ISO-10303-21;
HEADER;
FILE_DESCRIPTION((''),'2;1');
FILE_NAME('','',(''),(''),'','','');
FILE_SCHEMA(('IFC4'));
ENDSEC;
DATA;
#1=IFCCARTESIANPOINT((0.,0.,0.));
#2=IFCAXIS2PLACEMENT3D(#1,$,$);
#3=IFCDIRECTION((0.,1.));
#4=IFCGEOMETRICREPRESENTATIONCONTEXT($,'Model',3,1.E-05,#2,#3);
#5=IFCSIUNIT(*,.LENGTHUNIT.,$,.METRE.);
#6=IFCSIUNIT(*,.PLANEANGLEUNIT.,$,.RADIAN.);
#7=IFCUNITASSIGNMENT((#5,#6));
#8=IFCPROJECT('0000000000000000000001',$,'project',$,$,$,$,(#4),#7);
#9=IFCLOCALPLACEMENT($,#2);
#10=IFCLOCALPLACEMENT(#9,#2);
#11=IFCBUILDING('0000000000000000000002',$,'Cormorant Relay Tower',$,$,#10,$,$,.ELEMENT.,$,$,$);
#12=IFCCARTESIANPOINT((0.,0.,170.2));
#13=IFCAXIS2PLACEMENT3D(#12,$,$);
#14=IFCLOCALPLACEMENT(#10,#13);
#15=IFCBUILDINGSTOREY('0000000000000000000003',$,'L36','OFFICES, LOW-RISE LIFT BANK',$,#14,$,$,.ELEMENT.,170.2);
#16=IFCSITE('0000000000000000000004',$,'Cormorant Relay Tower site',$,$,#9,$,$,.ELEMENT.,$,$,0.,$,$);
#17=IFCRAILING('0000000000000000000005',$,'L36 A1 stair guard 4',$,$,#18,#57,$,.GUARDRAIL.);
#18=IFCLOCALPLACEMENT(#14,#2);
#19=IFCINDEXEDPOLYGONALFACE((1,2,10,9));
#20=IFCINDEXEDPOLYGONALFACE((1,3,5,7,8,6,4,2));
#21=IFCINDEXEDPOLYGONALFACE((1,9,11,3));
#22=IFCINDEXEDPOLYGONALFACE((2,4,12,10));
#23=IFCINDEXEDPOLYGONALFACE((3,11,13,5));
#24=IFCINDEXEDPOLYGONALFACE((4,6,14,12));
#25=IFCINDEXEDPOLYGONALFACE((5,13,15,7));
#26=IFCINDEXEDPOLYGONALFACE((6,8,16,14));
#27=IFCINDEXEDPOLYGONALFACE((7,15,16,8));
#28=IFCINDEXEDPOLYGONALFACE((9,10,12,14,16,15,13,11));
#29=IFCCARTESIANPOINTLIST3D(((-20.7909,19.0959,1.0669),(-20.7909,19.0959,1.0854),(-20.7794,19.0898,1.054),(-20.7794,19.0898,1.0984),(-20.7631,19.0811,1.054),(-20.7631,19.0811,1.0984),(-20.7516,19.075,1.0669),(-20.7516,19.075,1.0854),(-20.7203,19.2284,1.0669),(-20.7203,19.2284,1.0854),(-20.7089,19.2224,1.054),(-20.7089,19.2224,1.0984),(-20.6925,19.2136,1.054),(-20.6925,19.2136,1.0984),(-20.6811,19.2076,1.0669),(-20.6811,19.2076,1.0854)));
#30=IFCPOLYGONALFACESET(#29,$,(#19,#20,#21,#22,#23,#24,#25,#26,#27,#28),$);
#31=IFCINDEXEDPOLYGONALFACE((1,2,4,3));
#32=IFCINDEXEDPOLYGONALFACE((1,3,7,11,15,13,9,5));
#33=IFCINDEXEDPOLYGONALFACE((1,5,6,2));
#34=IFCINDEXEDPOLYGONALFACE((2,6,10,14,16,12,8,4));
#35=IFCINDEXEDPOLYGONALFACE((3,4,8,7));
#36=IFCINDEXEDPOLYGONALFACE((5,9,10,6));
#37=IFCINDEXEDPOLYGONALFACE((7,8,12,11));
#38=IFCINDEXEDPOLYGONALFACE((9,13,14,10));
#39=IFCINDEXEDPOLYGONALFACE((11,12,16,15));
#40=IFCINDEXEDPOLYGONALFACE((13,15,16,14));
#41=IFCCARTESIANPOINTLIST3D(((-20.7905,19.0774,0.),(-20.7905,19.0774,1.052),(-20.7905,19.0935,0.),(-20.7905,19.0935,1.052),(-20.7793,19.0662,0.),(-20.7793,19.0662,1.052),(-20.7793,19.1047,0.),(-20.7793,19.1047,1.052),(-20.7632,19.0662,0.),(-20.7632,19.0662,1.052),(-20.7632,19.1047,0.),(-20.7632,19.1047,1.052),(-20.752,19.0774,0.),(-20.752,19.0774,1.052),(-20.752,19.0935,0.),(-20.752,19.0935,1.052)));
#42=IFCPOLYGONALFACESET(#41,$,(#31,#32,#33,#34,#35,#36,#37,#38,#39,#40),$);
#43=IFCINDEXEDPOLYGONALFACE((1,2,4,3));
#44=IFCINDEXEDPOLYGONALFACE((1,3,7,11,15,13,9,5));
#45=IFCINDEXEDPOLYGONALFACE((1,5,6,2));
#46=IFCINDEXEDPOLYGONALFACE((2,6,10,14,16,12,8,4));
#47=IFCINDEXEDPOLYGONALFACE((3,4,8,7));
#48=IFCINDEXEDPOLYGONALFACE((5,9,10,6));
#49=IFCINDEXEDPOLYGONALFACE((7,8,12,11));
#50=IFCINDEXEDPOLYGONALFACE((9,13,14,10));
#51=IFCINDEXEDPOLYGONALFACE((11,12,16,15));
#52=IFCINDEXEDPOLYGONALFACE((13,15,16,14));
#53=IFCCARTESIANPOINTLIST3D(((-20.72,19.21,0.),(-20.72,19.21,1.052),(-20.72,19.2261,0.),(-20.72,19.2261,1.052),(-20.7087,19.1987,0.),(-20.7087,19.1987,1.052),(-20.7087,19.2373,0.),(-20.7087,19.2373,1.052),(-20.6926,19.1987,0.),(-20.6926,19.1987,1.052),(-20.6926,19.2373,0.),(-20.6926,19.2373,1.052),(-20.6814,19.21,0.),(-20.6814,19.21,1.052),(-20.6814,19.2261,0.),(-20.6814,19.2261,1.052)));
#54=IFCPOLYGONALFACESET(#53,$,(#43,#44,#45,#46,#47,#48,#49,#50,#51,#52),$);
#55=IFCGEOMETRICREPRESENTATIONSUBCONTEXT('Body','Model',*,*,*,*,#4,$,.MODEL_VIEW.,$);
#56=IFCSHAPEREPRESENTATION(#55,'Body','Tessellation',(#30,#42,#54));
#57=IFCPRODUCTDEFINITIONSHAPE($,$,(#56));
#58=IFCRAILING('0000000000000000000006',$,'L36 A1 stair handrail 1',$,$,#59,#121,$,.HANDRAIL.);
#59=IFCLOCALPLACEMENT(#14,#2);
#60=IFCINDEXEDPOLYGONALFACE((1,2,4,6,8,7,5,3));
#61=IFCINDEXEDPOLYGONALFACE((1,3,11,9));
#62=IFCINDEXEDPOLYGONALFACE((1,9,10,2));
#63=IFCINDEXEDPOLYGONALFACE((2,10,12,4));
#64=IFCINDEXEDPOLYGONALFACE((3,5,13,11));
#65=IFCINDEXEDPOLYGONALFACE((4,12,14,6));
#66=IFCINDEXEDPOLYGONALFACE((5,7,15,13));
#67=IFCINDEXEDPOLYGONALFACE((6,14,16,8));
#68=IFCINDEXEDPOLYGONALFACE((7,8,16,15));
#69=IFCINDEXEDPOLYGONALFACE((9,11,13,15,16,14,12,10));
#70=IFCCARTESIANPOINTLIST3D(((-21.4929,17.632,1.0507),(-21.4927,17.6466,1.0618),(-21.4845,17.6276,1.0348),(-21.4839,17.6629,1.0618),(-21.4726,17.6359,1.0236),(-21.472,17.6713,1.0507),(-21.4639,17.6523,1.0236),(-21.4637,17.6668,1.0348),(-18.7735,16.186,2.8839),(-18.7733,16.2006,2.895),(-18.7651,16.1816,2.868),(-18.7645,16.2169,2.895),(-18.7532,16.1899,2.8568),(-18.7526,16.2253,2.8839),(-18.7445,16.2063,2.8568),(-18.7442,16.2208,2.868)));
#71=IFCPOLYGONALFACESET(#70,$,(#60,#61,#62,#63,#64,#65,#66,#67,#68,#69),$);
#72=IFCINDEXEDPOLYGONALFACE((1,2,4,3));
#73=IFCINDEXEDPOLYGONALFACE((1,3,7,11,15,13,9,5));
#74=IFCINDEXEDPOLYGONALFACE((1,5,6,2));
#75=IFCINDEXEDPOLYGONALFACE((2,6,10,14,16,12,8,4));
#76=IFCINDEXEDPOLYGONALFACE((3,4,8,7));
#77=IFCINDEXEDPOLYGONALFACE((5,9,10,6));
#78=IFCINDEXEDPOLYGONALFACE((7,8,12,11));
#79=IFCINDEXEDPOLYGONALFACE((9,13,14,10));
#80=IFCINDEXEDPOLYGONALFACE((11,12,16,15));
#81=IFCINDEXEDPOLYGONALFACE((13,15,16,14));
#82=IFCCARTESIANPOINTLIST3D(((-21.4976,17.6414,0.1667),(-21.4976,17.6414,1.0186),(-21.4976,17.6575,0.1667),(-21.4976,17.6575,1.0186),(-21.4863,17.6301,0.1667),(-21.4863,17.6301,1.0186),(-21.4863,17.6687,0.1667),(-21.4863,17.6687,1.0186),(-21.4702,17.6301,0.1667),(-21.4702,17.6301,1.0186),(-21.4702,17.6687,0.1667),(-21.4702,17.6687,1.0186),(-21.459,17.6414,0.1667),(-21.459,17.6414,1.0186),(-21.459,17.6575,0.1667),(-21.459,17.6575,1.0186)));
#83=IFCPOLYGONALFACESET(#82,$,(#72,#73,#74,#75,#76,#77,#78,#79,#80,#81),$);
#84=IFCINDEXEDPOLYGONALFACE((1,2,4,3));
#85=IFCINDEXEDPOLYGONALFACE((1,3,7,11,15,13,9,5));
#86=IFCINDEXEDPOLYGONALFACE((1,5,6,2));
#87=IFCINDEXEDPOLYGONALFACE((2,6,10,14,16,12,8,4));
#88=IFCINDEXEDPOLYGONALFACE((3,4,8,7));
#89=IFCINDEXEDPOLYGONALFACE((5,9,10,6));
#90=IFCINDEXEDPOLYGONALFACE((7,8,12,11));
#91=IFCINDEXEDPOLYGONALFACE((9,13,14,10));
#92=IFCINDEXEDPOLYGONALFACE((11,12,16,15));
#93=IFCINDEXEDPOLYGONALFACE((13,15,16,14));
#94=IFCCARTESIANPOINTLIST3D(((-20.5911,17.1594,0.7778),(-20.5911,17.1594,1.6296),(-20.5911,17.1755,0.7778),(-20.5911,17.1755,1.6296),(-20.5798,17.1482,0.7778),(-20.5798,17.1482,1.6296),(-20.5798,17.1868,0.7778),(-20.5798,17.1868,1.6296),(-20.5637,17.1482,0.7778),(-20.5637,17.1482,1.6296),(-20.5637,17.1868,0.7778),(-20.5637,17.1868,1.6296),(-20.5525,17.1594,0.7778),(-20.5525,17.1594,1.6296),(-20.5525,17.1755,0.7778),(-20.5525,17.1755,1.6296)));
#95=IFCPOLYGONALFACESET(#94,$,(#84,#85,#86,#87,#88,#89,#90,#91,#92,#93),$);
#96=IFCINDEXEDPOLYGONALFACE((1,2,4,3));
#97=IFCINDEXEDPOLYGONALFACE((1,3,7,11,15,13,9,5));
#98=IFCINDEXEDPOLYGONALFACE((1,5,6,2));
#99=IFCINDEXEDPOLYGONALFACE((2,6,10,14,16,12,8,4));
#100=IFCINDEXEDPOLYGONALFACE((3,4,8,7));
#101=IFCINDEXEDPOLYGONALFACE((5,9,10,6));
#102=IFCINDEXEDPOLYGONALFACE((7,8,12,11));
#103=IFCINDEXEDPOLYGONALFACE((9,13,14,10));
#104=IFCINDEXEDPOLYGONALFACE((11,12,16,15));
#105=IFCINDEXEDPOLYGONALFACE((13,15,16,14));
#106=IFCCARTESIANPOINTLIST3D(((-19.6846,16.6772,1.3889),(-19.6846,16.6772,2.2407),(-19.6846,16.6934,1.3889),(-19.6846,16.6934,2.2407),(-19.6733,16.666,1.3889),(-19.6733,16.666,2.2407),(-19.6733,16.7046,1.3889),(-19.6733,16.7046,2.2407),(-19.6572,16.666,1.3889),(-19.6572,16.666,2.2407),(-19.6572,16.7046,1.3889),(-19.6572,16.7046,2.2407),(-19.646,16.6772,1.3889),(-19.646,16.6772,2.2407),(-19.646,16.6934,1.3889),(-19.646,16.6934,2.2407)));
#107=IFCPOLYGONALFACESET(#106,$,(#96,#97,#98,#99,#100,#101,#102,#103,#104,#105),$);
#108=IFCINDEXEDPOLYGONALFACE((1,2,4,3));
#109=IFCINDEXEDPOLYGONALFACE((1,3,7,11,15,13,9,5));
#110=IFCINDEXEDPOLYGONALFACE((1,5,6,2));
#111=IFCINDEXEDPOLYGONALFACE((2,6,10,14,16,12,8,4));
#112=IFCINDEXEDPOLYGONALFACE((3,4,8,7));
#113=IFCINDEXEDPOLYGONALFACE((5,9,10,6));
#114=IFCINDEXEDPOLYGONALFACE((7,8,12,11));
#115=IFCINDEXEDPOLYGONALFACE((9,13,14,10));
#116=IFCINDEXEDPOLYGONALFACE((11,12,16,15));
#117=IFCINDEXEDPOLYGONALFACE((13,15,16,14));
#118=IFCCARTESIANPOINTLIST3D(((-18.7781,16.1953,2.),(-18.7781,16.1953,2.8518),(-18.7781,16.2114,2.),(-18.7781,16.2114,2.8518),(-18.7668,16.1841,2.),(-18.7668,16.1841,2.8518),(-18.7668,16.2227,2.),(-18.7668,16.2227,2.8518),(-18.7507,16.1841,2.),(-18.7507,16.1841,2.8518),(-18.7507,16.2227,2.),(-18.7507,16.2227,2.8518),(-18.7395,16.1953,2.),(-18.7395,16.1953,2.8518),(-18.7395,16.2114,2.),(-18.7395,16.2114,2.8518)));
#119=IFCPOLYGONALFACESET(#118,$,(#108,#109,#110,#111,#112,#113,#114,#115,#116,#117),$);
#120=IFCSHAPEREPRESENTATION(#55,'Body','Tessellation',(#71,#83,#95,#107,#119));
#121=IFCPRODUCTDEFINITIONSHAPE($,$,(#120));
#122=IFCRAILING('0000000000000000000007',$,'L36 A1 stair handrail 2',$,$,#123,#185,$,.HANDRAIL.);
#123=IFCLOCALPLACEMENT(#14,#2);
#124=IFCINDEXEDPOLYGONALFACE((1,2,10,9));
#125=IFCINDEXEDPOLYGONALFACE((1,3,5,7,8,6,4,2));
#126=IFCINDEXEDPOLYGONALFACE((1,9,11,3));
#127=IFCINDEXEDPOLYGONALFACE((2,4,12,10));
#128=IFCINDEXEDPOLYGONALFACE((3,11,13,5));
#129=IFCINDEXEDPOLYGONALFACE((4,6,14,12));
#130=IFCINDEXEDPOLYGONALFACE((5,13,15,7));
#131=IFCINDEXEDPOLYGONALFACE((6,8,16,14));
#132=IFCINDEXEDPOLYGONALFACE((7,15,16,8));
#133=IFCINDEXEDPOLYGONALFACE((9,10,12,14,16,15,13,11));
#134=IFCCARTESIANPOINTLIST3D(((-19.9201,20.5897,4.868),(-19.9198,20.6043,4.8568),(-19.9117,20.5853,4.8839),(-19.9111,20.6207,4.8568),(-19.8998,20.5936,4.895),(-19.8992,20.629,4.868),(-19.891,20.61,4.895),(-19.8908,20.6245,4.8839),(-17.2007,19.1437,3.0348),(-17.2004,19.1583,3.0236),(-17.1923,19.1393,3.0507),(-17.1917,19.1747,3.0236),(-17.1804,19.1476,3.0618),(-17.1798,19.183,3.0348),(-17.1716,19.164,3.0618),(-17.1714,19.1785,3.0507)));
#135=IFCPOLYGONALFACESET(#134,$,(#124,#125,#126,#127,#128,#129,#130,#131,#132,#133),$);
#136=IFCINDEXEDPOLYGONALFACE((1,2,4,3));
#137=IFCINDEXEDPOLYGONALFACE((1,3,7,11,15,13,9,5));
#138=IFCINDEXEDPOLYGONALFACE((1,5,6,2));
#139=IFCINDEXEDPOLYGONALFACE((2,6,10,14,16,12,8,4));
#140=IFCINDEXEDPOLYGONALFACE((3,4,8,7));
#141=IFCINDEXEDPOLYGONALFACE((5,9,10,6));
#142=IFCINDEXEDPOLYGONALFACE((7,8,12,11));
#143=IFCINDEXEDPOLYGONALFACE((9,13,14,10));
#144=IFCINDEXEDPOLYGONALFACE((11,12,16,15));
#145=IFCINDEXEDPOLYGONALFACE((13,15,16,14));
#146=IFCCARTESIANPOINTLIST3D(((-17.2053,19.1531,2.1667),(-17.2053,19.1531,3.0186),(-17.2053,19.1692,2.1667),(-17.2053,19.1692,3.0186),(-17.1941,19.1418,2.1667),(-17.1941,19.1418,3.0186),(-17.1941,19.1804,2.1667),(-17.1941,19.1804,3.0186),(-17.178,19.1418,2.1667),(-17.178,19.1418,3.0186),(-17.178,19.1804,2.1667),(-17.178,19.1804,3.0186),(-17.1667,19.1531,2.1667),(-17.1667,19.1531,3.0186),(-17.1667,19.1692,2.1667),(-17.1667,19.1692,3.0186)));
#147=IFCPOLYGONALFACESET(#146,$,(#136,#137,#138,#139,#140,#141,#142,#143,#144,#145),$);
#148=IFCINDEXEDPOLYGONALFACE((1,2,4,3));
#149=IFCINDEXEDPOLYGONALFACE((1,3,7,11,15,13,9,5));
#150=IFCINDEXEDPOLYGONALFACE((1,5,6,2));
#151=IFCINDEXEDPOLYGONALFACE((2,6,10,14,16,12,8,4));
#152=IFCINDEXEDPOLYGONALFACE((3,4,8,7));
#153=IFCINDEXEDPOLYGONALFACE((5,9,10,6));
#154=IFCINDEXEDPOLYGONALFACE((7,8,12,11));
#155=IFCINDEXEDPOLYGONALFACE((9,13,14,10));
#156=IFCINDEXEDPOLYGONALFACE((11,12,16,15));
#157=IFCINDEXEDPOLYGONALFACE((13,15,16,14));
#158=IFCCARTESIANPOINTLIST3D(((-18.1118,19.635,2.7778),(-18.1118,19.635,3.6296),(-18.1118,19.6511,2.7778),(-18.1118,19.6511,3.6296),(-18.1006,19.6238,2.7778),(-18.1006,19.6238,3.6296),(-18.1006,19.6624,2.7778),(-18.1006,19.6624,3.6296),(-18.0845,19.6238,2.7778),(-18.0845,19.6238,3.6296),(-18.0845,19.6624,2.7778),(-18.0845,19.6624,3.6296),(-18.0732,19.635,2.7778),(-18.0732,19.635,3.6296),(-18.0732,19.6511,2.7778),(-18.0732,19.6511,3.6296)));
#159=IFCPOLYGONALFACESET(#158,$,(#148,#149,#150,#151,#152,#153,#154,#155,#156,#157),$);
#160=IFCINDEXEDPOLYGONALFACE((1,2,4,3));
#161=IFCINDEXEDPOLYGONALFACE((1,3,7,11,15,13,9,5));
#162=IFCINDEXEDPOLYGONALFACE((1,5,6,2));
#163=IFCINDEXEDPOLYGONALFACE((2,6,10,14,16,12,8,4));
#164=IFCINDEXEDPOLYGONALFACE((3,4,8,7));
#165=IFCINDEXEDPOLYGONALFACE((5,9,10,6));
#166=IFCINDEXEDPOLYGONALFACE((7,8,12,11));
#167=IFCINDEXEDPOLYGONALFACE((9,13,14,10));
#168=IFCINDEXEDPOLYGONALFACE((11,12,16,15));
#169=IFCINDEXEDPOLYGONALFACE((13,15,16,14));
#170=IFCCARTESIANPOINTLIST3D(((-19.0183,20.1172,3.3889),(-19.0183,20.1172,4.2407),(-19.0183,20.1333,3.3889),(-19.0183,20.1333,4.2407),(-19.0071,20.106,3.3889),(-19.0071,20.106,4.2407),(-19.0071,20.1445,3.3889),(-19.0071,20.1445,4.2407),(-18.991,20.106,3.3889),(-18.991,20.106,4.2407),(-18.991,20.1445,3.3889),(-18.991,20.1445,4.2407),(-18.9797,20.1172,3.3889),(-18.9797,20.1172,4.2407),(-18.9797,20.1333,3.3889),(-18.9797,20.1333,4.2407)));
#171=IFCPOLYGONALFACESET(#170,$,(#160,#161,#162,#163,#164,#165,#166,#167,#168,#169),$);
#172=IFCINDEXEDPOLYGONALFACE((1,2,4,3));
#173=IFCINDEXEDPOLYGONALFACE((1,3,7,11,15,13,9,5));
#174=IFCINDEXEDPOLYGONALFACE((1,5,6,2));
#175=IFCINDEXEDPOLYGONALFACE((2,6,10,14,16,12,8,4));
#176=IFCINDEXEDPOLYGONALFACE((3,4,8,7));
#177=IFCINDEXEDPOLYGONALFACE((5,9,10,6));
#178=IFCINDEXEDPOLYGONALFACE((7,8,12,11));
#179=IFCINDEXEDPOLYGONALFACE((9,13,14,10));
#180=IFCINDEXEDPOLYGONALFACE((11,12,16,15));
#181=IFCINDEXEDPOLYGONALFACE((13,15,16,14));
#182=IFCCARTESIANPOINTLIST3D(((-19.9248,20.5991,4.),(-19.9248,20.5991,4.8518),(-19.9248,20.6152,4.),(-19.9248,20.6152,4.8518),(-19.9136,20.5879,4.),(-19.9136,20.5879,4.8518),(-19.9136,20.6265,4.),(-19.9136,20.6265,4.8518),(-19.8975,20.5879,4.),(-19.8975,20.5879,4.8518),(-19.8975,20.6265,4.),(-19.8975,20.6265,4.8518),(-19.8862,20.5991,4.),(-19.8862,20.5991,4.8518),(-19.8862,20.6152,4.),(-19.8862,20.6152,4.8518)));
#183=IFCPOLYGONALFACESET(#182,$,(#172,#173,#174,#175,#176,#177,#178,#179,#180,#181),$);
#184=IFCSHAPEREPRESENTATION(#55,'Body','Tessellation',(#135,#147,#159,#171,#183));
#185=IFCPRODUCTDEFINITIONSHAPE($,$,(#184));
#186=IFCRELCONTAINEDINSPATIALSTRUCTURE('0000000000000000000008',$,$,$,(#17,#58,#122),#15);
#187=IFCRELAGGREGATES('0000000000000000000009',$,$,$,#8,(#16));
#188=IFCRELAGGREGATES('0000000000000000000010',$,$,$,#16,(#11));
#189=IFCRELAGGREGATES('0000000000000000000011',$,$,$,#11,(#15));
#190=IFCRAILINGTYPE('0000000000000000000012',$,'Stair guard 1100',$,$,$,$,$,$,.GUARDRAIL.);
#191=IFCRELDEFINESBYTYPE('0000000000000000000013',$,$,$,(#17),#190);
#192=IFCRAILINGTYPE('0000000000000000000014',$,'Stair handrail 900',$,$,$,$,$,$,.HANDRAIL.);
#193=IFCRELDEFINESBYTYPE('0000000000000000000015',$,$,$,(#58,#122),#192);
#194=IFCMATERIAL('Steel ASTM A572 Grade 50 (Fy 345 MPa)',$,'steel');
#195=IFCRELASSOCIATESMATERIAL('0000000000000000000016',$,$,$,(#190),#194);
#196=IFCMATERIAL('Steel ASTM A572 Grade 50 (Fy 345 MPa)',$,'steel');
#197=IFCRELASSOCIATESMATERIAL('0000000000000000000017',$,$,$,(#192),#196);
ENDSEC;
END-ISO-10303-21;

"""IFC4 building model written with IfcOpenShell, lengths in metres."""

from ifc_helpers import new_model, si_unit, direction, frame, origin, place, context, subcontext, project, spatial, polyline, outline, extrude, material, type_object, element, save


model = new_model("IFC4")

# Units and contexts
model_context = context("Model", 3, precision=1e-05, world=origin(), true_north=direction((0.0, 1.0)))
body_context = subcontext(model_context, "Body", "Model", "MODEL_VIEW")
ifc_project = project(units=[si_unit("LENGTHUNIT", "METRE"), si_unit("PLANEANGLEUNIT", "RADIAN")], contexts=[model_context])

# Site, building, storey
site_placement = place(None, origin())
site = spatial("IfcSite", under=ifc_project, at=site_placement, Name="Cormorant Relay Tower site", CompositionType="ELEMENT", RefElevation=0.0)
building_placement = place(site_placement, origin())
building = spatial("IfcBuilding", under=site, at=building_placement, Name="Cormorant Relay Tower", CompositionType="ELEMENT")
storey_placement = place(building_placement, frame((0.0, 0.0, 170.2)))
storey = spatial("IfcBuildingStorey", under=building, at=storey_placement, Name="L36", Description="OFFICES, LOW-RISE LIFT BANK", CompositionType="ELEMENT", Elevation=170.2)

# Railings
ifc_material_1 = material(Name="Steel ASTM A572 Grade 50 (Fy 345 MPa)", Category="steel")
railing_type_1 = type_object("IfcRailingType", Name="Stair guard 1100", PredefinedType="GUARDRAIL", material=ifc_material_1)
railing_1_placement = place(storey_placement, frame((-20.7712, 19.0854, 0.0)))
element("IfcRailing", 1, at=railing_1_placement, inside=storey, type_object=railing_type_1, Name="L36 A1 stair guard 4", PredefinedType="GUARDRAIL", context=body_context, shape_type="SweptSolid", body=[
    extrude(outline(polyline([(0.0222, 0.0093), (0.0093, 0.0222), (-0.0093, 0.0222), (-0.0222, 0.0093), (-0.0222, -0.0093), (-0.0093, -0.0222), (0.0093, -0.0222), (0.0222, -0.0093), (0.0222, 0.0093)])), frame((0.0, 0.0, 1.0762), z_axis=(0.469829, 0.882758, 0.0), x_axis=(-0.882758, 0.469829, 0.0)), (0.0, 0.0, 1.0), 0.1501),
    extrude(outline(polyline([(0.0193, 0.0081), (0.0081, 0.0193), (-0.0081, 0.0193), (-0.0193, 0.0081), (-0.0193, -0.0081), (-0.0081, -0.0193), (0.0081, -0.0193), (0.0193, -0.0081), (0.0193, 0.0081)])), origin(), (0.0, 0.0, 1.0), 1.052),
    extrude(outline(polyline([(0.0193, 0.0081), (0.0081, 0.0193), (-0.0081, 0.0193), (-0.0193, 0.0081), (-0.0193, -0.0081), (-0.0081, -0.0193), (0.0081, -0.0193), (0.0193, -0.0081), (0.0193, 0.0081)])), frame((0.0706, 0.1326, 0.0)), (0.0, 0.0, 1.0), 1.052),
])
ifc_material_2 = material(Name="Steel ASTM A572 Grade 50 (Fy 345 MPa)", Category="steel")
railing_type_2 = type_object("IfcRailingType", Name="Stair handrail 900", PredefinedType="HANDRAIL", material=ifc_material_2)
railing_2_placement = place(storey_placement, frame((-21.4783, 17.6494, 0.1667)))
element("IfcRailing", 2, at=railing_2_placement, inside=storey, type_object=railing_type_2, Name="L36 A1 stair handrail 1", PredefinedType="HANDRAIL", context=body_context, shape_type="SweptSolid", body=[
    extrude(outline(polyline([(0.0222, 0.0093), (0.0093, 0.0222), (-0.0093, 0.0222), (-0.0222, 0.0093), (-0.0222, -0.0093), (-0.0093, -0.0222), (0.0093, -0.0222), (0.0222, -0.0093), (0.0222, 0.0093)])), frame((0.0, 0.0, 0.876), z_axis=(0.758714, -0.403435, 0.511463), x_axis=(0.469489, 0.882938, 0.0)), (0.0, 0.0, 1.0), 3.5842),
    extrude(outline(polyline([(0.0193, 0.0081), (0.0081, 0.0193), (-0.0081, 0.0193), (-0.0193, 0.0081), (-0.0193, -0.0081), (-0.0081, -0.0193), (0.0081, -0.0193), (0.0193, -0.0081), (0.0193, 0.0081)])), origin(), (0.0, 0.0, 1.0), 0.8518),
    extrude(outline(polyline([(0.0193, 0.0081), (0.0081, 0.0193), (-0.0081, 0.0193), (-0.0193, 0.0081), (-0.0193, -0.0081), (-0.0081, -0.0193), (0.0081, -0.0193), (0.0193, -0.0081), (0.0193, 0.0081)])), frame((0.9065, -0.4819, 0.6111)), (0.0, 0.0, 1.0), 0.8518),
    extrude(outline(polyline([(0.0193, 0.0081), (0.0081, 0.0193), (-0.0081, 0.0193), (-0.0193, 0.0081), (-0.0193, -0.0081), (-0.0081, -0.0193), (0.0081, -0.0193), (0.0193, -0.0081), (0.0193, 0.0081)])), frame((1.813, -0.9641, 1.2222)), (0.0, 0.0, 1.0), 0.8518),
    extrude(outline(polyline([(0.0193, 0.0081), (0.0081, 0.0193), (-0.0081, 0.0193), (-0.0193, 0.0081), (-0.0193, -0.0081), (-0.0081, -0.0193), (0.0081, -0.0193), (0.0193, -0.0081), (0.0193, 0.0081)])), frame((2.7195, -1.446, 1.8333)), (0.0, 0.0, 1.0), 0.8518),
])
railing_3_placement = place(storey_placement, frame((-17.186, 19.1611, 2.1667)))
element("IfcRailing", 3, at=railing_3_placement, inside=storey, type_object=railing_type_2, Name="L36 A1 stair handrail 2", PredefinedType="HANDRAIL", context=body_context, shape_type="SweptSolid", body=[
    extrude(outline(polyline([(0.0222, 0.0093), (0.0093, 0.0222), (-0.0093, 0.0222), (-0.0222, 0.0093), (-0.0222, -0.0093), (-0.0093, -0.0222), (0.0093, -0.0222), (0.0222, -0.0093), (0.0222, 0.0093)])), frame((0.0, 0.0, 0.876), z_axis=(-0.758714, 0.403435, 0.511463), x_axis=(-0.469489, -0.882938, 0.0)), (0.0, 0.0, 1.0), 3.5842),
    extrude(outline(polyline([(0.0193, 0.0081), (0.0081, 0.0193), (-0.0081, 0.0193), (-0.0193, 0.0081), (-0.0193, -0.0081), (-0.0081, -0.0193), (0.0081, -0.0193), (0.0193, -0.0081), (0.0193, 0.0081)])), origin(), (0.0, 0.0, 1.0), 0.8518),
    extrude(outline(polyline([(0.0193, 0.0081), (0.0081, 0.0193), (-0.0081, 0.0193), (-0.0193, 0.0081), (-0.0193, -0.0081), (-0.0081, -0.0193), (0.0081, -0.0193), (0.0193, -0.0081), (0.0193, 0.0081)])), frame((-0.9065, 0.4819, 0.6111)), (0.0, 0.0, 1.0), 0.8518),
    extrude(outline(polyline([(0.0193, 0.0081), (0.0081, 0.0193), (-0.0081, 0.0193), (-0.0193, 0.0081), (-0.0193, -0.0081), (-0.0081, -0.0193), (0.0081, -0.0193), (0.0193, -0.0081), (0.0193, 0.0081)])), frame((-1.813, 0.9641, 1.2222)), (0.0, 0.0, 1.0), 0.8518),
    extrude(outline(polyline([(0.0193, 0.0081), (0.0081, 0.0193), (-0.0081, 0.0193), (-0.0193, 0.0081), (-0.0193, -0.0081), (-0.0081, -0.0193), (0.0081, -0.0193), (0.0193, -0.0081), (0.0193, 0.0081)])), frame((-2.7195, 1.446, 1.8333)), (0.0, 0.0, 1.0), 0.8518),
])

save(model, "model.ifc")
